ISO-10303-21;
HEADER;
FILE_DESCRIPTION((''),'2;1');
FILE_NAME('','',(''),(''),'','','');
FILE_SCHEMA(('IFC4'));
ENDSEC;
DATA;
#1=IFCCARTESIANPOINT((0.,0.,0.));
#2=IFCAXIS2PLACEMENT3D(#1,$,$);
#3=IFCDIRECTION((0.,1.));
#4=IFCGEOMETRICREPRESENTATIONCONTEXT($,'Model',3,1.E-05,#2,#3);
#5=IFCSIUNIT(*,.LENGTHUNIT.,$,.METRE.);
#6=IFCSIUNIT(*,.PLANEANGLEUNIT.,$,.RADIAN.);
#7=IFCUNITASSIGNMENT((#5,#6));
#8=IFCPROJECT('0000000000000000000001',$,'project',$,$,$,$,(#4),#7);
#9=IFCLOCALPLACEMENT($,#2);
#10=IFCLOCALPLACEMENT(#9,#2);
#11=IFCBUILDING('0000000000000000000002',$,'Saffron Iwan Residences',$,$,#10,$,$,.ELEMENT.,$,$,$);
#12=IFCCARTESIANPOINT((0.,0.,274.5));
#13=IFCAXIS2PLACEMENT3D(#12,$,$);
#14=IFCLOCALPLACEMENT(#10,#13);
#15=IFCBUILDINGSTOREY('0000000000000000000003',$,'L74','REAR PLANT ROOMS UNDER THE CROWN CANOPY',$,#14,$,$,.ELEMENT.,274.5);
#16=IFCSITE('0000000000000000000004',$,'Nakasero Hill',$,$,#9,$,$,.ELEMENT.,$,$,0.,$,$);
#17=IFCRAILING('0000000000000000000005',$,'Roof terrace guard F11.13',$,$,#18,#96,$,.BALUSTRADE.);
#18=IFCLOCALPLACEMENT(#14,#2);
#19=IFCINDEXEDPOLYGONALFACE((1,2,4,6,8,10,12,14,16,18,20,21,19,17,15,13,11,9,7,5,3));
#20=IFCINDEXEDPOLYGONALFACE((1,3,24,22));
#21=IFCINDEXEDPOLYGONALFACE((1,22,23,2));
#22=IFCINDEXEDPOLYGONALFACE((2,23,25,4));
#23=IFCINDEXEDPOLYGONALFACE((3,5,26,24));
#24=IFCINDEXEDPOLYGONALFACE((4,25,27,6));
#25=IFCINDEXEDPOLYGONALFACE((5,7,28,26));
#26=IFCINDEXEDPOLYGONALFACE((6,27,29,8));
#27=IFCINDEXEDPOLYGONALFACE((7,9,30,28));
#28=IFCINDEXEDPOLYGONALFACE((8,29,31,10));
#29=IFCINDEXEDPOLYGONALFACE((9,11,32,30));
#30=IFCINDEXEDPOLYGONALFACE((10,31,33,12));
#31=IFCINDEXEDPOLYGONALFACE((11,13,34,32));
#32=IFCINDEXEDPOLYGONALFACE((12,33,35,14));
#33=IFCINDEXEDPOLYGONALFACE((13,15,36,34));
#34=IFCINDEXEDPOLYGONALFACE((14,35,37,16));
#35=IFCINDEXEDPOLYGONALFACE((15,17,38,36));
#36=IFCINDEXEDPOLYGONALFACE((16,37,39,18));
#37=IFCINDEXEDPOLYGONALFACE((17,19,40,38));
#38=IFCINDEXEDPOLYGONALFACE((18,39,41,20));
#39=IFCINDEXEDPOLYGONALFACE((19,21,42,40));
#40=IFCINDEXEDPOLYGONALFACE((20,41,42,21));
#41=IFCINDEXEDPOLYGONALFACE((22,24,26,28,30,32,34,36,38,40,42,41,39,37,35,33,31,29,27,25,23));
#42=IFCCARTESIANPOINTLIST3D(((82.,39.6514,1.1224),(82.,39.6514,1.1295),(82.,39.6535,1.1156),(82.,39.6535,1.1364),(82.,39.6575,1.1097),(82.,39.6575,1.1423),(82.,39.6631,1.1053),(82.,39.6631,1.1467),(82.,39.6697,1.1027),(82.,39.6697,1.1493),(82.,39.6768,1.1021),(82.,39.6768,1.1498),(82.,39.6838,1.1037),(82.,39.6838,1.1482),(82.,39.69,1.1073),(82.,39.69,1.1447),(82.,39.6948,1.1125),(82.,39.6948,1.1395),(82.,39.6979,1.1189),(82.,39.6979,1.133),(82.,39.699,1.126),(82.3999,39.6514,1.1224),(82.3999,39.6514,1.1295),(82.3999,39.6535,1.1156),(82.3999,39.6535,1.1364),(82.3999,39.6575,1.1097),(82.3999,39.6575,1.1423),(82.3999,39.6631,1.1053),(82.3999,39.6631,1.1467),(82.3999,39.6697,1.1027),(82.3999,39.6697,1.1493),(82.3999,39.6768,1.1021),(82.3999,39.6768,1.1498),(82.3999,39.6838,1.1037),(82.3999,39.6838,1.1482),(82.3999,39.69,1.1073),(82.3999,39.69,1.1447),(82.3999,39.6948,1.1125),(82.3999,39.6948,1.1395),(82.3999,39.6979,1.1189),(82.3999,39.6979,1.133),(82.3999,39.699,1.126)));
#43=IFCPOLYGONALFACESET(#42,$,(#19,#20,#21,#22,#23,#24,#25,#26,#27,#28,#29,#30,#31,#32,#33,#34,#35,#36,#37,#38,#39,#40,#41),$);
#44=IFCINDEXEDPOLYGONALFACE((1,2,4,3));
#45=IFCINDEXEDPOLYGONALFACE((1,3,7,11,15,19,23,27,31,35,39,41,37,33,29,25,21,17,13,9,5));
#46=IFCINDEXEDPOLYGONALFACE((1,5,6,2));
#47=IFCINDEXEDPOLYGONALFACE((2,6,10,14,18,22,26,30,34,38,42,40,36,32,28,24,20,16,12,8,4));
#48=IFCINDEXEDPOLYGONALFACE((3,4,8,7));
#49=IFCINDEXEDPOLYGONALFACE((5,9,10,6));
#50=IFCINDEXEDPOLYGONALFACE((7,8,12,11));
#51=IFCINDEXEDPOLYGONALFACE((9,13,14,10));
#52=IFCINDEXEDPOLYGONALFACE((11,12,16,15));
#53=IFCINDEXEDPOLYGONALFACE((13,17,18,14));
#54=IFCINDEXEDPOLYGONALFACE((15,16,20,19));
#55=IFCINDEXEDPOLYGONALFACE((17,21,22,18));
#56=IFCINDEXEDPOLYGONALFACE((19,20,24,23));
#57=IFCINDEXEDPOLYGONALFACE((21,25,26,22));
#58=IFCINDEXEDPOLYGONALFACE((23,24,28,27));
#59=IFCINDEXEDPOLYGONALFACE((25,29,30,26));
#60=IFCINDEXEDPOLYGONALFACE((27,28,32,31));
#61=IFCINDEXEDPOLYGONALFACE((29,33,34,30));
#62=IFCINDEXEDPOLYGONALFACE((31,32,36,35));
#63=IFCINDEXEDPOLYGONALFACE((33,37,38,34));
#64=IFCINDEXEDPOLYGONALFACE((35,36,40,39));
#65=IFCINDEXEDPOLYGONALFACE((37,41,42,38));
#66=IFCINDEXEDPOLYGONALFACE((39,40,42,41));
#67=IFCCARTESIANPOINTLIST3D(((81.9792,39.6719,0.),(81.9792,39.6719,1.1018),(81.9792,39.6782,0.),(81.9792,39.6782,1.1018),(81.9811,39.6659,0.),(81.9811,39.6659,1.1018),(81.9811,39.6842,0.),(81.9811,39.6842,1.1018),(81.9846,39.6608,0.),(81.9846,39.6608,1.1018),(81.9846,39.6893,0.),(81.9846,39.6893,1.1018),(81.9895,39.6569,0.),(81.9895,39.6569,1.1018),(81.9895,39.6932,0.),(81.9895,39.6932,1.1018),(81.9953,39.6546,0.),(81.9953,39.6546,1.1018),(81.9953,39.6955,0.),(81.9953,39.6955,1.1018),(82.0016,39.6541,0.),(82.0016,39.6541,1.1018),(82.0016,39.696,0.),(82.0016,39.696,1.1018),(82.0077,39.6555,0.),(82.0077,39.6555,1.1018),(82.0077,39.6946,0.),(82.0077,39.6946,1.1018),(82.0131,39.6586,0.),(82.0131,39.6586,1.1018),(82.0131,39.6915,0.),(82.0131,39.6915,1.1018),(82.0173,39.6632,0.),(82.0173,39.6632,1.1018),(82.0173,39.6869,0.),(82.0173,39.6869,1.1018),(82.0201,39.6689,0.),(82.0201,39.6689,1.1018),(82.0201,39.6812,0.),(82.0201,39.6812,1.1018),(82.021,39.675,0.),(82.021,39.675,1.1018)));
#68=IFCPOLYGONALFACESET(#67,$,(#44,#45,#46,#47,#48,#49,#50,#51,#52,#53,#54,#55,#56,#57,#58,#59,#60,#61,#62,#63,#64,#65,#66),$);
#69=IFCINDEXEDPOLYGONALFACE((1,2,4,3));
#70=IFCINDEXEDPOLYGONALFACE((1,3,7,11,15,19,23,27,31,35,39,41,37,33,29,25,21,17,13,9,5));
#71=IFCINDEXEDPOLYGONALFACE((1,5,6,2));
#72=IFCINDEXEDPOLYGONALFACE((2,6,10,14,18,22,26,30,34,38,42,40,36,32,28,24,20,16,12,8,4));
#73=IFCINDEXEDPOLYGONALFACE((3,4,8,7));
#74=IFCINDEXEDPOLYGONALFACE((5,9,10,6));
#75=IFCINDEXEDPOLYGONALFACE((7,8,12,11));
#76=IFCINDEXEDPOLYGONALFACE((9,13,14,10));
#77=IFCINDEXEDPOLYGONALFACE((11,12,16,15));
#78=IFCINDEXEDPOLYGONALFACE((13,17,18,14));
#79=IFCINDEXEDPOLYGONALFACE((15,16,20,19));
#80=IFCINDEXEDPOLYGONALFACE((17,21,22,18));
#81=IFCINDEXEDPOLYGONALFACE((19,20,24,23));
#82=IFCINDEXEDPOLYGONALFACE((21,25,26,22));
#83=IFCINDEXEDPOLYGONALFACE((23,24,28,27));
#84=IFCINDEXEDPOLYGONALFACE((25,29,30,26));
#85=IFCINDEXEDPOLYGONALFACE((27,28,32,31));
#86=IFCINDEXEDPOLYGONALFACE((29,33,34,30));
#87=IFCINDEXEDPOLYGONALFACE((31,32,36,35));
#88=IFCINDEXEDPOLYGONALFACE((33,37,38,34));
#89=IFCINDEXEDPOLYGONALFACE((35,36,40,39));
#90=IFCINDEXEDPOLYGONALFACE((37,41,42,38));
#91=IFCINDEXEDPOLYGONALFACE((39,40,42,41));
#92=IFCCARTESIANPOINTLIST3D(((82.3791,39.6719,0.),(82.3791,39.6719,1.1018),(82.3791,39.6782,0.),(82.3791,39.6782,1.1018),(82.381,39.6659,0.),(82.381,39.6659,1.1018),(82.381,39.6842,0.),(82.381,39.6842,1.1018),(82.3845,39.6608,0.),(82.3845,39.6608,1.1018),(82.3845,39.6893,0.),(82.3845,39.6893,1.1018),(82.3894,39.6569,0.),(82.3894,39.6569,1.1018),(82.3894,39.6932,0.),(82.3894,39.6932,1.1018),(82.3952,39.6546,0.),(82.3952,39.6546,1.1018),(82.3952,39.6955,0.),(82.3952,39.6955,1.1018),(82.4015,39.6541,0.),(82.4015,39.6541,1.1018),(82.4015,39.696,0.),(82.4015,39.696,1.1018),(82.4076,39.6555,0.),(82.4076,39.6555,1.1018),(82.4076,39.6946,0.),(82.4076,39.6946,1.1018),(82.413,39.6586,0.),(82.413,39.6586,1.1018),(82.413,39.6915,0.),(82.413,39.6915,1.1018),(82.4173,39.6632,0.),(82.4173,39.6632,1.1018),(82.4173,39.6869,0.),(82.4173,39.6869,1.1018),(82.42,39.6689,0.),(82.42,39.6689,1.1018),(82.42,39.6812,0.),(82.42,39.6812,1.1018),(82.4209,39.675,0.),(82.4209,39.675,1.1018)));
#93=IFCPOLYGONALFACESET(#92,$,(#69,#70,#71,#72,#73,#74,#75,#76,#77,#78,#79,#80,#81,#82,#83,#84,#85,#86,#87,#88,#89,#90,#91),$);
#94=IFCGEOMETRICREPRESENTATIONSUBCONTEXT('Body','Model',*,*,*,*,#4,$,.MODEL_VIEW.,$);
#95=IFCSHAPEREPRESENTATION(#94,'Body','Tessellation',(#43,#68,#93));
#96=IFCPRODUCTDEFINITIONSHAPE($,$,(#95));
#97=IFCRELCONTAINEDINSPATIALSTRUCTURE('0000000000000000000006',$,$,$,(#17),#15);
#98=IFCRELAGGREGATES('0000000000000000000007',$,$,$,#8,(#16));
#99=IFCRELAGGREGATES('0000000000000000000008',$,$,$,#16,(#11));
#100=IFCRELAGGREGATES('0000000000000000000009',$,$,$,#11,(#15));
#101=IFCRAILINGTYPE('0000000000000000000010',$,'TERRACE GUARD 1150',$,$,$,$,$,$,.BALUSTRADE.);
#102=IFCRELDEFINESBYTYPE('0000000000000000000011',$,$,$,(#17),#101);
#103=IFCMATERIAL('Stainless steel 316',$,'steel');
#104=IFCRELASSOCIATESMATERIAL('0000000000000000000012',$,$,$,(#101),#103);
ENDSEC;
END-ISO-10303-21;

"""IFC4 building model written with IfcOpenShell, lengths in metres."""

from ifc_helpers import new_model, si_unit, direction, frame, origin, origin_2d, place, context, subcontext, project, spatial, circle, extrude, material, type_object, element, save


model = new_model("IFC4")

# Units and contexts
model_context = context("Model", 3, precision=1e-05, world=origin(), true_north=direction((0.0, 1.0)))
body_context = subcontext(model_context, "Body", "Model", "MODEL_VIEW")
ifc_project = project(units=[si_unit("LENGTHUNIT", "METRE"), si_unit("PLANEANGLEUNIT", "RADIAN")], contexts=[model_context])

# Site, building, storey
site_placement = place(None, origin())
site = spatial("IfcSite", under=ifc_project, at=site_placement, Name="Nakasero Hill", CompositionType="ELEMENT", RefElevation=0.0)
building_placement = place(site_placement, origin())
building = spatial("IfcBuilding", under=site, at=building_placement, Name="Saffron Iwan Residences", CompositionType="ELEMENT")
storey_placement = place(building_placement, frame((0.0, 0.0, 274.5)))
storey = spatial("IfcBuildingStorey", under=building, at=storey_placement, Name="L74", Description="REAR PLANT ROOMS UNDER THE CROWN CANOPY", CompositionType="ELEMENT", Elevation=274.5)

# Railing
ifc_material_1 = material(Name="Stainless steel 316", Category="steel")
railing_type = type_object("IfcRailingType", Name="TERRACE GUARD 1150", PredefinedType="BALUSTRADE", material=ifc_material_1)
railing_placement = place(storey_placement, frame((82.0, 39.675, 0.0)))
element("IfcRailing", 1, at=railing_placement, inside=storey, type_object=railing_type, Name="Roof terrace guard F11.13", PredefinedType="BALUSTRADE", context=body_context, shape_type="SweptSolid", body=[
    extrude(circle(Radius=0.0239, at=origin_2d()), frame((0.0, 0.0, 1.126), z_axis=(1.0, 0.0, 0.0), x_axis=(0.0, 1.0, 0.0)), (0.0, 0.0, 1.0), 0.3999),
    extrude(circle(Radius=0.021, at=origin_2d()), origin(), (0.0, 0.0, 1.0), 1.1018),
    extrude(circle(Radius=0.021, at=origin_2d()), frame((0.3999, 0.0, 0.0)), (0.0, 0.0, 1.0), 1.1018),
])

save(model, "model.ifc")
